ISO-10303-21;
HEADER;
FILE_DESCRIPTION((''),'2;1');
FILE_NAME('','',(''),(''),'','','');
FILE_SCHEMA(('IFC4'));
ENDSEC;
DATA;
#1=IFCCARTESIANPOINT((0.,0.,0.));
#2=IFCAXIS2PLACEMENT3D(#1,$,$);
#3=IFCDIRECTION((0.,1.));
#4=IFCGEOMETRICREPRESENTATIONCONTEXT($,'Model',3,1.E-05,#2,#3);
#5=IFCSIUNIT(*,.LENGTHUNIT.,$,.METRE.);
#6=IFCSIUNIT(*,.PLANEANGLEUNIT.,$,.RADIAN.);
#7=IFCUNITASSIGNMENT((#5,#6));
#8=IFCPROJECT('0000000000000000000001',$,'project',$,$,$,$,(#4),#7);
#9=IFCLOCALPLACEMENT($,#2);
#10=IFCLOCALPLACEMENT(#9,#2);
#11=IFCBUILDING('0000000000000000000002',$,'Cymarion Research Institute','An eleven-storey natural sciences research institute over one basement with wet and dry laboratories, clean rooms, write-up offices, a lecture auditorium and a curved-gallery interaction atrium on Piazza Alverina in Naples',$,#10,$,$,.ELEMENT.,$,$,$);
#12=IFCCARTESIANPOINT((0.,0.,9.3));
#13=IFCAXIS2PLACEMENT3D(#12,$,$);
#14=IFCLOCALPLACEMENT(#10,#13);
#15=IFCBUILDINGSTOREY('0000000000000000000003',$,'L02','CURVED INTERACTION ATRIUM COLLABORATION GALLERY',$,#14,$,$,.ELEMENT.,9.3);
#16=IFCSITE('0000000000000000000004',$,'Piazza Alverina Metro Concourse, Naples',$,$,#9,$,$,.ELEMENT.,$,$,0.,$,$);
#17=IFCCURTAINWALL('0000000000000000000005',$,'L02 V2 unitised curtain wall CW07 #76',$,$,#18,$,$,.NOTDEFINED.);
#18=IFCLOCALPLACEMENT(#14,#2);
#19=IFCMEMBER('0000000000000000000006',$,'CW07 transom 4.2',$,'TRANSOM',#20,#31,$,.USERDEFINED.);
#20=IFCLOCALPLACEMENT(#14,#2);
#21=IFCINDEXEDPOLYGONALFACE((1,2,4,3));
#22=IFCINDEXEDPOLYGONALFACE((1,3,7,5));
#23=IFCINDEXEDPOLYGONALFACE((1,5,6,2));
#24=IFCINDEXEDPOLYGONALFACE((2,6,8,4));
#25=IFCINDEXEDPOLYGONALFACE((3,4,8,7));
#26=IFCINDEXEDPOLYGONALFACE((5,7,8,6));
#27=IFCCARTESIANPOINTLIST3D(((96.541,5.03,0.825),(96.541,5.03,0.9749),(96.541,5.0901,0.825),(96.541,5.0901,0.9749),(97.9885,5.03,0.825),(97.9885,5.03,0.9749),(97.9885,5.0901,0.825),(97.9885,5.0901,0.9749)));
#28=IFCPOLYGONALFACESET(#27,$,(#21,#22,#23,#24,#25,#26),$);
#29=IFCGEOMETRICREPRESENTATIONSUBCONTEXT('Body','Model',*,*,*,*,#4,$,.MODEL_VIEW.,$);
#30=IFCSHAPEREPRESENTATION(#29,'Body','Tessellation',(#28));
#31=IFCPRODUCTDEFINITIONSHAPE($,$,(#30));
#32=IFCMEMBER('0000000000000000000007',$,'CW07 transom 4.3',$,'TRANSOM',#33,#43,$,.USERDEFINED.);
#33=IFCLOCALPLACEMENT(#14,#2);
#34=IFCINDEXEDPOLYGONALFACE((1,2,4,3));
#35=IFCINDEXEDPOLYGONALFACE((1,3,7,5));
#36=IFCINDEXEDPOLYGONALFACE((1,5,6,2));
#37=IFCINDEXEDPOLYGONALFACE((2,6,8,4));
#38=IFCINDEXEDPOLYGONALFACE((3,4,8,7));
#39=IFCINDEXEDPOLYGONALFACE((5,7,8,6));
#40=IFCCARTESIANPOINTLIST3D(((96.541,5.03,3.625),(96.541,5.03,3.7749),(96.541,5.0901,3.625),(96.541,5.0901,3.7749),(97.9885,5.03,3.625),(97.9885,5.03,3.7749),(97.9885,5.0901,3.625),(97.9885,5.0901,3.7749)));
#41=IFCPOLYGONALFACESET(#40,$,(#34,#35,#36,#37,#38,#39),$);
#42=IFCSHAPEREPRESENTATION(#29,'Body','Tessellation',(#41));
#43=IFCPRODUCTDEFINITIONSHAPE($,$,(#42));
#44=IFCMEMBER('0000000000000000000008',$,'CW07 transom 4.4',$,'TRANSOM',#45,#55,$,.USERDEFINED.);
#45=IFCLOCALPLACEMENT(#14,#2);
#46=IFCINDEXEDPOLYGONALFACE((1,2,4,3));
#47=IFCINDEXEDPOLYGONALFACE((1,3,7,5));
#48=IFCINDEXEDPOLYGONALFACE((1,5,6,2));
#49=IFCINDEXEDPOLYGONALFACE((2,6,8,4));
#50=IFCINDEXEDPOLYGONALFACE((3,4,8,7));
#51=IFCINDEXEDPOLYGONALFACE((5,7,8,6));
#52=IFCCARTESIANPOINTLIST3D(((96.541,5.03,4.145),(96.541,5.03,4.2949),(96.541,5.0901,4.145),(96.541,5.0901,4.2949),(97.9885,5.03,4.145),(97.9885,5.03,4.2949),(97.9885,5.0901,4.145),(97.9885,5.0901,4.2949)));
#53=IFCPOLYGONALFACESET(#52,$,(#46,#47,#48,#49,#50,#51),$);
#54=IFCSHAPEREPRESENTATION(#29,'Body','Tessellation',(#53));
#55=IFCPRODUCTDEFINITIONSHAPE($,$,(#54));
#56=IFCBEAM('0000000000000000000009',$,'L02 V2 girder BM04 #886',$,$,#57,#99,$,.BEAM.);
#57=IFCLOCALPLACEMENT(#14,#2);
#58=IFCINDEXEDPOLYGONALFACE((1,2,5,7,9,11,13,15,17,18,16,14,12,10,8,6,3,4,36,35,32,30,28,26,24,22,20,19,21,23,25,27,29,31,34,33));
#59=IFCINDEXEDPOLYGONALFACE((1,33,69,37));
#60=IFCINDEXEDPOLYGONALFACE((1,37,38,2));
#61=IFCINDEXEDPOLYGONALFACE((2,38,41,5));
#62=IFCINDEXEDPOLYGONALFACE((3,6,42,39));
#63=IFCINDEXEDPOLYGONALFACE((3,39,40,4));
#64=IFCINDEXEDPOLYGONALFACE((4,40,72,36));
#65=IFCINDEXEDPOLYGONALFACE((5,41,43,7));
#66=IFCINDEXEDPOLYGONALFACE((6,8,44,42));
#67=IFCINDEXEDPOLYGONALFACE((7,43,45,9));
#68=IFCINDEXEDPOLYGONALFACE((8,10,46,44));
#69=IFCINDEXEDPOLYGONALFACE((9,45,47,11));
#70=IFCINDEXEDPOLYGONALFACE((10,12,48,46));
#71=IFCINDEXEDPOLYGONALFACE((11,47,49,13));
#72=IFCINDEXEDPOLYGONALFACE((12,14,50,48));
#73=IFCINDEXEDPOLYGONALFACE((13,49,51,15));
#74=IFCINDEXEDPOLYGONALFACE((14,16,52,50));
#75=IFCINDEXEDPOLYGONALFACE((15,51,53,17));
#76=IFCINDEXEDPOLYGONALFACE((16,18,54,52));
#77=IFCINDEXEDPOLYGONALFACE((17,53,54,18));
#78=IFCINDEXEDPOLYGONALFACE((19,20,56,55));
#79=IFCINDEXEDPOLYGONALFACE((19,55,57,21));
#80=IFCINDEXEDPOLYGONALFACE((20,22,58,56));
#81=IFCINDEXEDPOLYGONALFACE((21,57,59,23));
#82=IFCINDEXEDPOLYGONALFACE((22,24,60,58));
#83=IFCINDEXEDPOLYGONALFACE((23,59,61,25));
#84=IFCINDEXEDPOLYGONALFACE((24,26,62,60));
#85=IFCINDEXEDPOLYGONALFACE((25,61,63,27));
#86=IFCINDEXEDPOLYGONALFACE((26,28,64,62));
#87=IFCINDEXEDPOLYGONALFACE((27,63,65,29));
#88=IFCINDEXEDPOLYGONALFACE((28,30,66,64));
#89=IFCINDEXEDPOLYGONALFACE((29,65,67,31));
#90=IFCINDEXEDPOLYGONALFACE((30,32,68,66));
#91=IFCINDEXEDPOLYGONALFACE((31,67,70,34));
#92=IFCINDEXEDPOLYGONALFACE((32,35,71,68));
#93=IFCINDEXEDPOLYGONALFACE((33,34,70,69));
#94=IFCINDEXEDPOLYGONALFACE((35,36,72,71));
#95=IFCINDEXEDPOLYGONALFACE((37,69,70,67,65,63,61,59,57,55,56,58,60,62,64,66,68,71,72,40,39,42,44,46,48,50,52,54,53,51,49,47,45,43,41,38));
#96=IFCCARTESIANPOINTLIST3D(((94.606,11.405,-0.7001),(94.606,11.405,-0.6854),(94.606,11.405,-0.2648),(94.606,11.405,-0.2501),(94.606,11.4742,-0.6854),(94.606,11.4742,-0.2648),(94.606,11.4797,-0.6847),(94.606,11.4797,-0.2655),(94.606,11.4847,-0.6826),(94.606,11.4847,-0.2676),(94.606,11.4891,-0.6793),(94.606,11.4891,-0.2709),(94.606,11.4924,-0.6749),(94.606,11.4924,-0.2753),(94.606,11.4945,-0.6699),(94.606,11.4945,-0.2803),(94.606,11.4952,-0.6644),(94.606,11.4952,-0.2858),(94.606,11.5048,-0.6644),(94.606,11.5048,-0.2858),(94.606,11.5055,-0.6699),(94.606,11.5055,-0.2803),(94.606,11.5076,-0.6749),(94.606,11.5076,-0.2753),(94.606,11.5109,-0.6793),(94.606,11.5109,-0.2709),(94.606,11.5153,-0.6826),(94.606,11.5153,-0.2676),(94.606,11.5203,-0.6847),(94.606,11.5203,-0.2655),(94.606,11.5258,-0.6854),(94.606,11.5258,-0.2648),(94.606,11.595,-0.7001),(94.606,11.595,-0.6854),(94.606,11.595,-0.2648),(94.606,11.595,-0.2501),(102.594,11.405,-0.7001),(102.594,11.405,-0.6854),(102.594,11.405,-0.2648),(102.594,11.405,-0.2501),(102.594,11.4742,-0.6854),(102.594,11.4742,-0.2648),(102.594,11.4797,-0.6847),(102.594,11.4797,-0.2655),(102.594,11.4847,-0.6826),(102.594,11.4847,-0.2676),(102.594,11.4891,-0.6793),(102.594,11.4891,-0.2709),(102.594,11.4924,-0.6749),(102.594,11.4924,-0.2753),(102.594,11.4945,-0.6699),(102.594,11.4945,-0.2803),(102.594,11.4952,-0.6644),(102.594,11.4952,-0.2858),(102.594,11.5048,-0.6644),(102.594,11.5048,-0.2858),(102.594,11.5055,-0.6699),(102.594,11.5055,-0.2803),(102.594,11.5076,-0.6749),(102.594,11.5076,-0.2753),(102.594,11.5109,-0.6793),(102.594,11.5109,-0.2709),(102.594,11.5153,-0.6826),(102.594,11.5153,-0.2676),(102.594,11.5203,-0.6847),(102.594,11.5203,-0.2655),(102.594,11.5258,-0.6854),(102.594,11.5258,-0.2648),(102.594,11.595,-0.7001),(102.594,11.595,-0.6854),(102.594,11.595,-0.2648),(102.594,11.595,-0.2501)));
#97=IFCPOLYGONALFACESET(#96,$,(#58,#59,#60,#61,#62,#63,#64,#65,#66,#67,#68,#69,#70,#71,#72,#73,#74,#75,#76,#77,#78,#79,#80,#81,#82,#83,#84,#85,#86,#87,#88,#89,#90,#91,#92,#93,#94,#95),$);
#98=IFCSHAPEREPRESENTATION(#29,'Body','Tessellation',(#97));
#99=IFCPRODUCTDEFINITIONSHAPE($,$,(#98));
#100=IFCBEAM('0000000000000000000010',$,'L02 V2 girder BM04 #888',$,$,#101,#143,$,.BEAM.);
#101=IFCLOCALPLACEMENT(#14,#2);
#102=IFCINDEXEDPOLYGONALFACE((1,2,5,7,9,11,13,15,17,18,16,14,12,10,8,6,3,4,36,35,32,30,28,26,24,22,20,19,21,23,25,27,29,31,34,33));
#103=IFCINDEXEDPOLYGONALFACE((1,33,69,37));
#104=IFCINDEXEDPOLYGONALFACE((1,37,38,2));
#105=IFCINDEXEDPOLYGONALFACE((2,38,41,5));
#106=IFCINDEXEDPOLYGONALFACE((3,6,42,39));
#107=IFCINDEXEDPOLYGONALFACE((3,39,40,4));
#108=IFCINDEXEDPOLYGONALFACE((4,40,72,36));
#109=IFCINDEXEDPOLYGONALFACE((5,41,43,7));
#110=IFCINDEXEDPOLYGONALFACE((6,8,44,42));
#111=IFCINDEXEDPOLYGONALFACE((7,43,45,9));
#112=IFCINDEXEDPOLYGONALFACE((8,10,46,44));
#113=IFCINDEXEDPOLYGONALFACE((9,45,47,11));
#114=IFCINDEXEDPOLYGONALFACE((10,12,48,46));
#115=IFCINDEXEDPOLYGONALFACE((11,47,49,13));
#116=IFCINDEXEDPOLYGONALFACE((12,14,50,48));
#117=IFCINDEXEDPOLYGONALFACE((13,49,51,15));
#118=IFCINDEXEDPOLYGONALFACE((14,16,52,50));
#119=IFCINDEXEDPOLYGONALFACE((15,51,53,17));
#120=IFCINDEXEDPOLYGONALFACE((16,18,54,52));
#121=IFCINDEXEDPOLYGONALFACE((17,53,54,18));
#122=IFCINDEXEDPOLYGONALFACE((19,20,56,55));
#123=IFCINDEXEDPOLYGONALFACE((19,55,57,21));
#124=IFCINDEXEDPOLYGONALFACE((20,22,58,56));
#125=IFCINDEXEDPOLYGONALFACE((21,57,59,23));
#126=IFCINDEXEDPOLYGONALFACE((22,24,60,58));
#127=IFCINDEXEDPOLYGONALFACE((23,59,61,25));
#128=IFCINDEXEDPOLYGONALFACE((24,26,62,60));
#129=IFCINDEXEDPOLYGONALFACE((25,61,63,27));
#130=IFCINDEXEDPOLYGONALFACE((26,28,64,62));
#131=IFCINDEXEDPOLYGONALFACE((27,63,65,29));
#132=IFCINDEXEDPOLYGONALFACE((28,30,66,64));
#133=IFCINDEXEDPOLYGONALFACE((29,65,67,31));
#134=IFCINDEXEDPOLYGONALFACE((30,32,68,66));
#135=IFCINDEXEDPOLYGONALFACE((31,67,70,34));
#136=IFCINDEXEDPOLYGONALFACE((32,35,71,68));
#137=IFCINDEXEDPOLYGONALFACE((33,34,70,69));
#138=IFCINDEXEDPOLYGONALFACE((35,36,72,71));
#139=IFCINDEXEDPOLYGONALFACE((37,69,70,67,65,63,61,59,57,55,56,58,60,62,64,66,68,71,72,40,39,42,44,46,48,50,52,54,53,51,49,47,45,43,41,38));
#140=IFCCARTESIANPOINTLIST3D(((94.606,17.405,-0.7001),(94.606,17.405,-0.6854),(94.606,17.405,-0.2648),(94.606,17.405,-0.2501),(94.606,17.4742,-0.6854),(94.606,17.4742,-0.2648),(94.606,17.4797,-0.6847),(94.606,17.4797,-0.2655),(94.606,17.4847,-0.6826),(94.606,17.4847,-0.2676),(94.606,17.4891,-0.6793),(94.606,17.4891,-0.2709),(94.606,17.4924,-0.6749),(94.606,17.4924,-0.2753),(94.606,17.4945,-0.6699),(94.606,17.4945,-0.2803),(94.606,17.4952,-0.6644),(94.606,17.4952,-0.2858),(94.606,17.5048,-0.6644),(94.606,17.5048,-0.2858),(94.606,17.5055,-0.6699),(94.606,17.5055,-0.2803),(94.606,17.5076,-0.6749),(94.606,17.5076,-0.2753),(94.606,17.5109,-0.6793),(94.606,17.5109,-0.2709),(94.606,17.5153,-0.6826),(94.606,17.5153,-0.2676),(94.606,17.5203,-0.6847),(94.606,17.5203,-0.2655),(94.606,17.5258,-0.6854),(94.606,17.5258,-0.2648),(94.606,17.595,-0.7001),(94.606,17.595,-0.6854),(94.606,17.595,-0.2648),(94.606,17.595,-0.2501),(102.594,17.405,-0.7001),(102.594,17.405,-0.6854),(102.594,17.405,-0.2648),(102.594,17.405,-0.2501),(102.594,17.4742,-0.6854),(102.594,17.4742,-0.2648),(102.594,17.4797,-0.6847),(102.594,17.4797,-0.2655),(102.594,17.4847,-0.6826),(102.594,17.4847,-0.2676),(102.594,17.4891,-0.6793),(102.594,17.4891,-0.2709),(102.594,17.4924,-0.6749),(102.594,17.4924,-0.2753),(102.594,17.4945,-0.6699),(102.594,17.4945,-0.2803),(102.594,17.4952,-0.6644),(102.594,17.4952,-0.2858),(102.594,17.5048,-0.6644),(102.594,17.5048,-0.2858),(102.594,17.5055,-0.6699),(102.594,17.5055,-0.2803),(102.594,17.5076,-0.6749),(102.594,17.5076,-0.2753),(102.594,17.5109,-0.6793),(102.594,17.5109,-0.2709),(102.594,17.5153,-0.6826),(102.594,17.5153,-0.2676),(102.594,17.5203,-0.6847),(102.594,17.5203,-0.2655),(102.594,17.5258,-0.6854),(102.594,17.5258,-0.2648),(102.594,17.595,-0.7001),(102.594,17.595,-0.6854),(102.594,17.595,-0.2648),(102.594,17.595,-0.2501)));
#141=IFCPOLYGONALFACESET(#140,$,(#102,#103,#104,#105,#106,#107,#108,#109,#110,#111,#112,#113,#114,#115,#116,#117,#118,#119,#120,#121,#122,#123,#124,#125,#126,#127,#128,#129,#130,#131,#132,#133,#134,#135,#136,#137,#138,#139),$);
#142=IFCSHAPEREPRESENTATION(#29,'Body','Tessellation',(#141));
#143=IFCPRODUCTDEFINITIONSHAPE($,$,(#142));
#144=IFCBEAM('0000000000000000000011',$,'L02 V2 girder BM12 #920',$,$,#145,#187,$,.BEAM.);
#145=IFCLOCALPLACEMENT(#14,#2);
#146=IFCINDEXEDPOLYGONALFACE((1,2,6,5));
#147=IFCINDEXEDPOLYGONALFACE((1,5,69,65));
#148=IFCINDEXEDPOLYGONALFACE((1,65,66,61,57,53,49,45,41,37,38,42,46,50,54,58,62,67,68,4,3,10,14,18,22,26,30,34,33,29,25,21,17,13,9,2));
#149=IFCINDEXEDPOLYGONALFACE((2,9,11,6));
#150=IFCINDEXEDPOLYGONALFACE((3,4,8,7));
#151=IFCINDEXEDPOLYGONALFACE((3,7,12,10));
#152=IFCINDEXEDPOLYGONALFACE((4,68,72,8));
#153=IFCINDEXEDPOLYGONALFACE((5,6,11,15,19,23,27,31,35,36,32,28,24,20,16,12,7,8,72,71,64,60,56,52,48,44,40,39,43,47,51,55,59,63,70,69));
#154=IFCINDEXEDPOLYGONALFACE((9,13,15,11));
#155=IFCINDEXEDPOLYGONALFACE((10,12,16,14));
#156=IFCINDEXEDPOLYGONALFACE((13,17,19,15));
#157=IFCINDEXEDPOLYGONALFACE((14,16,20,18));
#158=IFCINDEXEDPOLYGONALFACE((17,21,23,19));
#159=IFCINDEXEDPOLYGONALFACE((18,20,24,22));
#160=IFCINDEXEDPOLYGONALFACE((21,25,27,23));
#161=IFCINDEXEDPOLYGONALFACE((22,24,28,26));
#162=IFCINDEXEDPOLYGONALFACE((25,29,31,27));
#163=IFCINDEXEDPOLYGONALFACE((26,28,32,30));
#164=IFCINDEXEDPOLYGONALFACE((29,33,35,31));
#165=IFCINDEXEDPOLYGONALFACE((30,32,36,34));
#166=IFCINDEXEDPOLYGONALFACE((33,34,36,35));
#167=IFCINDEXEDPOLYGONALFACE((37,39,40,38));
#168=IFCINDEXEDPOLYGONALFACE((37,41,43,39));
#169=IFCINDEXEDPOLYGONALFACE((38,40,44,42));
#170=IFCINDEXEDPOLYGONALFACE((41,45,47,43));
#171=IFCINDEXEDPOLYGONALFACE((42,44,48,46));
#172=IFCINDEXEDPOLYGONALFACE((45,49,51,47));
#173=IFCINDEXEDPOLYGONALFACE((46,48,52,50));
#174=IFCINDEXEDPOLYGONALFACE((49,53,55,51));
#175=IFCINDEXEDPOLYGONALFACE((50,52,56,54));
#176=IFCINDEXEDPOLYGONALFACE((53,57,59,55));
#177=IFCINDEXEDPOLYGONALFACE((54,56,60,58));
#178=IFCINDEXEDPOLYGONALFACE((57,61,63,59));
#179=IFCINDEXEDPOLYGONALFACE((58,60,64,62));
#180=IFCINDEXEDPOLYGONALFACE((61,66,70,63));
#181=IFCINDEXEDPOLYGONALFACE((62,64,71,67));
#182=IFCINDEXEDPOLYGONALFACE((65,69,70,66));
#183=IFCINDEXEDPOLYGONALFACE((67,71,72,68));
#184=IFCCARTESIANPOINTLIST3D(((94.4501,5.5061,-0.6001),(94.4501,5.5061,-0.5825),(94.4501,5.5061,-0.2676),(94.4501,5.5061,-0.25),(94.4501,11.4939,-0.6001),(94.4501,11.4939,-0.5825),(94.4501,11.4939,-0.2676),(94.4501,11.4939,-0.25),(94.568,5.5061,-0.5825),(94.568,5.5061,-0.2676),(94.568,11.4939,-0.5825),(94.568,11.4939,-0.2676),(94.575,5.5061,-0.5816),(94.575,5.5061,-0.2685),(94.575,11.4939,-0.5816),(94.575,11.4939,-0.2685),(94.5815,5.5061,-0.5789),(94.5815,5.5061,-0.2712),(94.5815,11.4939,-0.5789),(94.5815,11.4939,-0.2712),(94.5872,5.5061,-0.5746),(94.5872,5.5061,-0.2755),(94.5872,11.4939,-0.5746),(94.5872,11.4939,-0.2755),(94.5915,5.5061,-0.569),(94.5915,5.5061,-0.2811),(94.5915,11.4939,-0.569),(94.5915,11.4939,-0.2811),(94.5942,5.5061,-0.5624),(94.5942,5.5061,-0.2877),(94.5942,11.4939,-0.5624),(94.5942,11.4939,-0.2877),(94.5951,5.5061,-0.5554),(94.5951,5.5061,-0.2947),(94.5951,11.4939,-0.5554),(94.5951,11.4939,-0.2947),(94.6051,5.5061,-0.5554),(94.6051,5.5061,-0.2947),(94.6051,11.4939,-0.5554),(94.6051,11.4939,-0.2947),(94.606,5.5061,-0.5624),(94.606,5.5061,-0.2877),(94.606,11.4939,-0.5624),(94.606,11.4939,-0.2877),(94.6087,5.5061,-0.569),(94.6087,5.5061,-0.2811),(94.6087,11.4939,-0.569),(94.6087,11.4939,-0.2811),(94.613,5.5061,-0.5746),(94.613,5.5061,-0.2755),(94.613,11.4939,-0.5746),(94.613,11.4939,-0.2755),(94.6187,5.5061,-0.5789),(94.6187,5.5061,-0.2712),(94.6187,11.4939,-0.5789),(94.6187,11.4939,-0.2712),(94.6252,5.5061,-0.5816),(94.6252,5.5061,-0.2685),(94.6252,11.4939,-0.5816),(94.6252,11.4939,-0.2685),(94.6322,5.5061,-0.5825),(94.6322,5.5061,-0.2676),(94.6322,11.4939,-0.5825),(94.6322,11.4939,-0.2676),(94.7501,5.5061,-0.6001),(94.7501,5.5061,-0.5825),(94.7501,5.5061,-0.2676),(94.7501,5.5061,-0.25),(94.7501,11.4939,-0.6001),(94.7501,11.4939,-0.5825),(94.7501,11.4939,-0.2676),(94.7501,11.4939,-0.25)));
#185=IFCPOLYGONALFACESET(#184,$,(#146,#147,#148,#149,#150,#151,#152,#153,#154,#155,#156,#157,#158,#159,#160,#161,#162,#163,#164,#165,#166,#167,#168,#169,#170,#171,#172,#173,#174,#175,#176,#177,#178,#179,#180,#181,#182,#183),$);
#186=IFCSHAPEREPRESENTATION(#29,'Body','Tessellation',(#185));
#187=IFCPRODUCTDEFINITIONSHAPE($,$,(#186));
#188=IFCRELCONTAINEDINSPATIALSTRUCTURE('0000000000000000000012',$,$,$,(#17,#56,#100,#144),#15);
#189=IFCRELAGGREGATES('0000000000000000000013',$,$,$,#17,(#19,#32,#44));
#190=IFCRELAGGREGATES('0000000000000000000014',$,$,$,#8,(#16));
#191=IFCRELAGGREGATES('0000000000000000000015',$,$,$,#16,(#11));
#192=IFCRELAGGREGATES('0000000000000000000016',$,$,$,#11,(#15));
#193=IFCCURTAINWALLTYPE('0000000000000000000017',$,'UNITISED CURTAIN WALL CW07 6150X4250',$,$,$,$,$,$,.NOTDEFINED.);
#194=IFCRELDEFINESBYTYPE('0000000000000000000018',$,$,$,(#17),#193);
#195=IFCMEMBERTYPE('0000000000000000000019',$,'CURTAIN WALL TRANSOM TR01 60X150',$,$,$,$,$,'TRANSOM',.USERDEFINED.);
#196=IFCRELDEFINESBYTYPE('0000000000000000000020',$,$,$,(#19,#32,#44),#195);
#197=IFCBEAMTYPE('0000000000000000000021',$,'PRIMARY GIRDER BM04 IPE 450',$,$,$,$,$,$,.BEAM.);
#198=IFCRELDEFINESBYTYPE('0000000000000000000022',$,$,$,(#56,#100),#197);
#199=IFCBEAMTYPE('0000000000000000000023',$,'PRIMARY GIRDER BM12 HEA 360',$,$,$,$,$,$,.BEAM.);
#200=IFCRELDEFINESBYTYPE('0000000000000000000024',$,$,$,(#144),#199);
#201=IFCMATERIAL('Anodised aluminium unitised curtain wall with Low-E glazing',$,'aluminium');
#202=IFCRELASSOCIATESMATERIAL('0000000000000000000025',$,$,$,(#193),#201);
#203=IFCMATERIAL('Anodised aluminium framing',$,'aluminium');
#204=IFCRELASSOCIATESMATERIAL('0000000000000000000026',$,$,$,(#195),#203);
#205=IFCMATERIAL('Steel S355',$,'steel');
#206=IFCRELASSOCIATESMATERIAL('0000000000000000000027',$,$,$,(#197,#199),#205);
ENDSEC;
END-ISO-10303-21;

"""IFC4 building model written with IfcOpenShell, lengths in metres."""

from ifc_helpers import new_model, si_unit, direction, frame, origin, origin_2d, place, context, subcontext, project, spatial, rectangle, i_section, extrude, material, material_profile, profile_set, type_object, element, aggregate, save


model = new_model("IFC4")

# Units and contexts
model_context = context("Model", 3, precision=1e-05, world=origin(), true_north=direction((0.0, 1.0)))
body_context = subcontext(model_context, "Body", "Model", "MODEL_VIEW")
ifc_project = project(units=[si_unit("LENGTHUNIT", "METRE"), si_unit("PLANEANGLEUNIT", "RADIAN")], contexts=[model_context])

# Site, building, storey
site_placement = place(None, origin())
site = spatial("IfcSite", under=ifc_project, at=site_placement, Name="Piazza Alverina Metro Concourse, Naples", CompositionType="ELEMENT", RefElevation=0.0)
building_placement = place(site_placement, origin())
building = spatial("IfcBuilding", under=site, at=building_placement, Name="Cymarion Research Institute", Description="An eleven-storey natural sciences research institute over one basement with wet and dry laboratories, clean rooms, write-up offices, a lecture auditorium and a curved-gallery interaction atrium on Piazza Alverina in Naples", CompositionType="ELEMENT")
storey_placement = place(building_placement, frame((0.0, 0.0, 9.3)))
storey = spatial("IfcBuildingStorey", under=building, at=storey_placement, Name="L02", Description="CURVED INTERACTION ATRIUM COLLABORATION GALLERY", CompositionType="ELEMENT", Elevation=9.3)

# Shared definitions
ifc_material_1 = material(Name="Steel S355", Category="steel")

# Curtain wall
ifc_material_2 = material(Name="Anodised aluminium unitised curtain wall with Low-E glazing", Category="aluminium")
curtain_wall_type = type_object("IfcCurtainWallType", Name="UNITISED CURTAIN WALL CW07 6150X4250", PredefinedType="NOTDEFINED", material=ifc_material_2)
curtain_wall_1_placement = place(storey_placement, origin())
curtain_wall_1 = element("IfcCurtainWall", 1, at=curtain_wall_1_placement, inside=storey, type_object=curtain_wall_type, Name="L02 V2 unitised curtain wall CW07 #76", PredefinedType="NOTDEFINED")
ifc_material_3 = material(Name="Anodised aluminium framing", Category="aluminium")

# Members
ifc_material_profile_1 = material_profile(ifc_material_3, rectangle(XDim=0.0601, YDim=0.1499, at=origin_2d()), Name="ALU TRANSOM 60x150")
ifc_profile_set_1 = profile_set([ifc_material_profile_1], Name="Anodised aluminium framing")
member_type_1 = type_object("IfcMemberType", Name="CURTAIN WALL TRANSOM TR01 60X150", ElementType="TRANSOM", PredefinedType="USERDEFINED", material=ifc_profile_set_1)
member_1_placement = place(storey_placement, frame((96.541, 5.0601, 0.8999), z_axis=(1.0, 0.0, 0.0), x_axis=(0.0, 1.0, 0.0)))
member_1 = element("IfcMember", 2, at=member_1_placement, type_object=member_type_1, Name="CW07 transom 4.2", ObjectType="TRANSOM", PredefinedType="USERDEFINED", context=body_context, shape_type="SweptSolid", body=[
    extrude(rectangle(XDim=0.0601, YDim=0.1499, at=origin_2d()), origin(), (0.0, 0.0, 1.0), 1.4475),
])
member_2_placement = place(storey_placement, frame((96.541, 5.0601, 3.7), z_axis=(1.0, 0.0, 0.0), x_axis=(0.0, 1.0, 0.0)))
member_2 = element("IfcMember", 3, at=member_2_placement, type_object=member_type_1, Name="CW07 transom 4.3", ObjectType="TRANSOM", PredefinedType="USERDEFINED", context=body_context, shape_type="SweptSolid", body=[
    extrude(rectangle(XDim=0.0601, YDim=0.1499, at=origin_2d()), origin(), (0.0, 0.0, 1.0), 1.4475),
])
member_3_placement = place(storey_placement, frame((96.541, 5.0601, 4.22), z_axis=(1.0, 0.0, 0.0), x_axis=(0.0, 1.0, 0.0)))
member_3 = element("IfcMember", 4, at=member_3_placement, type_object=member_type_1, Name="CW07 transom 4.4", ObjectType="TRANSOM", PredefinedType="USERDEFINED", context=body_context, shape_type="SweptSolid", body=[
    extrude(rectangle(XDim=0.0601, YDim=0.1499, at=origin_2d()), origin(), (0.0, 0.0, 1.0), 1.4475),
])

# Beams
ifc_material_profile_2 = material_profile(ifc_material_1, i_section(OverallWidth=0.1899, OverallDepth=0.45, WebThickness=0.0095, FlangeThickness=0.0146, FilletRadius=0.021, at=origin_2d()), Name="IPE 450")
ifc_profile_set_2 = profile_set([ifc_material_profile_2], Name="Steel S355")
beam_type_1 = type_object("IfcBeamType", Name="PRIMARY GIRDER BM04 IPE 450", PredefinedType="BEAM", material=ifc_profile_set_2)
for number, where, z_axis, x_axis, name in (
    (5, (94.606, 11.5, -0.4751), (1.0, 0.0, 0.0), (0.0, 1.0, 0.0), "L02 V2 girder BM04 #886"),
    (6, (94.606, 17.5, -0.4751), (1.0, 0.0, 0.0), (0.0, 1.0, 0.0), "L02 V2 girder BM04 #888"),
):
    element("IfcBeam", number, at=place(storey_placement, frame(where, z_axis=z_axis, x_axis=x_axis)), inside=storey, type_object=beam_type_1, Name=name, PredefinedType="BEAM", context=body_context, shape_type="SweptSolid", body=[
        extrude(i_section(OverallWidth=0.1899, OverallDepth=0.45, WebThickness=0.0095, FlangeThickness=0.0146, FilletRadius=0.021, at=origin_2d()), origin(), (0.0, 0.0, 1.0), 7.988),
    ])
ifc_material_profile_3 = material_profile(ifc_material_1, i_section(OverallWidth=0.3, OverallDepth=0.3501, WebThickness=0.01, FlangeThickness=0.0176, FilletRadius=0.0271, at=origin_2d()), Name="HEA 360")
ifc_profile_set_3 = profile_set([ifc_material_profile_3], Name="Steel S355")
beam_type_2 = type_object("IfcBeamType", Name="PRIMARY GIRDER BM12 HEA 360", PredefinedType="BEAM", material=ifc_profile_set_3)
for number, where, z_axis, x_axis, name in (
    (7, (94.6001, 5.5061, -0.425), (0.0, 1.0, 0.0), (-1.0, 0.0, 0.0), "L02 V2 girder BM12 #920"),
):
    element("IfcBeam", number, at=place(storey_placement, frame(where, z_axis=z_axis, x_axis=x_axis)), inside=storey, type_object=beam_type_2, Name=name, PredefinedType="BEAM", context=body_context, shape_type="SweptSolid", body=[
        extrude(i_section(OverallWidth=0.3, OverallDepth=0.3501, WebThickness=0.01, FlangeThickness=0.0176, FilletRadius=0.0271, at=origin_2d()), origin(), (0.0, 0.0, 1.0), 5.9878),
    ])

aggregate(curtain_wall_1, [member_1, member_2, member_3])

save(model, "model.ifc")
